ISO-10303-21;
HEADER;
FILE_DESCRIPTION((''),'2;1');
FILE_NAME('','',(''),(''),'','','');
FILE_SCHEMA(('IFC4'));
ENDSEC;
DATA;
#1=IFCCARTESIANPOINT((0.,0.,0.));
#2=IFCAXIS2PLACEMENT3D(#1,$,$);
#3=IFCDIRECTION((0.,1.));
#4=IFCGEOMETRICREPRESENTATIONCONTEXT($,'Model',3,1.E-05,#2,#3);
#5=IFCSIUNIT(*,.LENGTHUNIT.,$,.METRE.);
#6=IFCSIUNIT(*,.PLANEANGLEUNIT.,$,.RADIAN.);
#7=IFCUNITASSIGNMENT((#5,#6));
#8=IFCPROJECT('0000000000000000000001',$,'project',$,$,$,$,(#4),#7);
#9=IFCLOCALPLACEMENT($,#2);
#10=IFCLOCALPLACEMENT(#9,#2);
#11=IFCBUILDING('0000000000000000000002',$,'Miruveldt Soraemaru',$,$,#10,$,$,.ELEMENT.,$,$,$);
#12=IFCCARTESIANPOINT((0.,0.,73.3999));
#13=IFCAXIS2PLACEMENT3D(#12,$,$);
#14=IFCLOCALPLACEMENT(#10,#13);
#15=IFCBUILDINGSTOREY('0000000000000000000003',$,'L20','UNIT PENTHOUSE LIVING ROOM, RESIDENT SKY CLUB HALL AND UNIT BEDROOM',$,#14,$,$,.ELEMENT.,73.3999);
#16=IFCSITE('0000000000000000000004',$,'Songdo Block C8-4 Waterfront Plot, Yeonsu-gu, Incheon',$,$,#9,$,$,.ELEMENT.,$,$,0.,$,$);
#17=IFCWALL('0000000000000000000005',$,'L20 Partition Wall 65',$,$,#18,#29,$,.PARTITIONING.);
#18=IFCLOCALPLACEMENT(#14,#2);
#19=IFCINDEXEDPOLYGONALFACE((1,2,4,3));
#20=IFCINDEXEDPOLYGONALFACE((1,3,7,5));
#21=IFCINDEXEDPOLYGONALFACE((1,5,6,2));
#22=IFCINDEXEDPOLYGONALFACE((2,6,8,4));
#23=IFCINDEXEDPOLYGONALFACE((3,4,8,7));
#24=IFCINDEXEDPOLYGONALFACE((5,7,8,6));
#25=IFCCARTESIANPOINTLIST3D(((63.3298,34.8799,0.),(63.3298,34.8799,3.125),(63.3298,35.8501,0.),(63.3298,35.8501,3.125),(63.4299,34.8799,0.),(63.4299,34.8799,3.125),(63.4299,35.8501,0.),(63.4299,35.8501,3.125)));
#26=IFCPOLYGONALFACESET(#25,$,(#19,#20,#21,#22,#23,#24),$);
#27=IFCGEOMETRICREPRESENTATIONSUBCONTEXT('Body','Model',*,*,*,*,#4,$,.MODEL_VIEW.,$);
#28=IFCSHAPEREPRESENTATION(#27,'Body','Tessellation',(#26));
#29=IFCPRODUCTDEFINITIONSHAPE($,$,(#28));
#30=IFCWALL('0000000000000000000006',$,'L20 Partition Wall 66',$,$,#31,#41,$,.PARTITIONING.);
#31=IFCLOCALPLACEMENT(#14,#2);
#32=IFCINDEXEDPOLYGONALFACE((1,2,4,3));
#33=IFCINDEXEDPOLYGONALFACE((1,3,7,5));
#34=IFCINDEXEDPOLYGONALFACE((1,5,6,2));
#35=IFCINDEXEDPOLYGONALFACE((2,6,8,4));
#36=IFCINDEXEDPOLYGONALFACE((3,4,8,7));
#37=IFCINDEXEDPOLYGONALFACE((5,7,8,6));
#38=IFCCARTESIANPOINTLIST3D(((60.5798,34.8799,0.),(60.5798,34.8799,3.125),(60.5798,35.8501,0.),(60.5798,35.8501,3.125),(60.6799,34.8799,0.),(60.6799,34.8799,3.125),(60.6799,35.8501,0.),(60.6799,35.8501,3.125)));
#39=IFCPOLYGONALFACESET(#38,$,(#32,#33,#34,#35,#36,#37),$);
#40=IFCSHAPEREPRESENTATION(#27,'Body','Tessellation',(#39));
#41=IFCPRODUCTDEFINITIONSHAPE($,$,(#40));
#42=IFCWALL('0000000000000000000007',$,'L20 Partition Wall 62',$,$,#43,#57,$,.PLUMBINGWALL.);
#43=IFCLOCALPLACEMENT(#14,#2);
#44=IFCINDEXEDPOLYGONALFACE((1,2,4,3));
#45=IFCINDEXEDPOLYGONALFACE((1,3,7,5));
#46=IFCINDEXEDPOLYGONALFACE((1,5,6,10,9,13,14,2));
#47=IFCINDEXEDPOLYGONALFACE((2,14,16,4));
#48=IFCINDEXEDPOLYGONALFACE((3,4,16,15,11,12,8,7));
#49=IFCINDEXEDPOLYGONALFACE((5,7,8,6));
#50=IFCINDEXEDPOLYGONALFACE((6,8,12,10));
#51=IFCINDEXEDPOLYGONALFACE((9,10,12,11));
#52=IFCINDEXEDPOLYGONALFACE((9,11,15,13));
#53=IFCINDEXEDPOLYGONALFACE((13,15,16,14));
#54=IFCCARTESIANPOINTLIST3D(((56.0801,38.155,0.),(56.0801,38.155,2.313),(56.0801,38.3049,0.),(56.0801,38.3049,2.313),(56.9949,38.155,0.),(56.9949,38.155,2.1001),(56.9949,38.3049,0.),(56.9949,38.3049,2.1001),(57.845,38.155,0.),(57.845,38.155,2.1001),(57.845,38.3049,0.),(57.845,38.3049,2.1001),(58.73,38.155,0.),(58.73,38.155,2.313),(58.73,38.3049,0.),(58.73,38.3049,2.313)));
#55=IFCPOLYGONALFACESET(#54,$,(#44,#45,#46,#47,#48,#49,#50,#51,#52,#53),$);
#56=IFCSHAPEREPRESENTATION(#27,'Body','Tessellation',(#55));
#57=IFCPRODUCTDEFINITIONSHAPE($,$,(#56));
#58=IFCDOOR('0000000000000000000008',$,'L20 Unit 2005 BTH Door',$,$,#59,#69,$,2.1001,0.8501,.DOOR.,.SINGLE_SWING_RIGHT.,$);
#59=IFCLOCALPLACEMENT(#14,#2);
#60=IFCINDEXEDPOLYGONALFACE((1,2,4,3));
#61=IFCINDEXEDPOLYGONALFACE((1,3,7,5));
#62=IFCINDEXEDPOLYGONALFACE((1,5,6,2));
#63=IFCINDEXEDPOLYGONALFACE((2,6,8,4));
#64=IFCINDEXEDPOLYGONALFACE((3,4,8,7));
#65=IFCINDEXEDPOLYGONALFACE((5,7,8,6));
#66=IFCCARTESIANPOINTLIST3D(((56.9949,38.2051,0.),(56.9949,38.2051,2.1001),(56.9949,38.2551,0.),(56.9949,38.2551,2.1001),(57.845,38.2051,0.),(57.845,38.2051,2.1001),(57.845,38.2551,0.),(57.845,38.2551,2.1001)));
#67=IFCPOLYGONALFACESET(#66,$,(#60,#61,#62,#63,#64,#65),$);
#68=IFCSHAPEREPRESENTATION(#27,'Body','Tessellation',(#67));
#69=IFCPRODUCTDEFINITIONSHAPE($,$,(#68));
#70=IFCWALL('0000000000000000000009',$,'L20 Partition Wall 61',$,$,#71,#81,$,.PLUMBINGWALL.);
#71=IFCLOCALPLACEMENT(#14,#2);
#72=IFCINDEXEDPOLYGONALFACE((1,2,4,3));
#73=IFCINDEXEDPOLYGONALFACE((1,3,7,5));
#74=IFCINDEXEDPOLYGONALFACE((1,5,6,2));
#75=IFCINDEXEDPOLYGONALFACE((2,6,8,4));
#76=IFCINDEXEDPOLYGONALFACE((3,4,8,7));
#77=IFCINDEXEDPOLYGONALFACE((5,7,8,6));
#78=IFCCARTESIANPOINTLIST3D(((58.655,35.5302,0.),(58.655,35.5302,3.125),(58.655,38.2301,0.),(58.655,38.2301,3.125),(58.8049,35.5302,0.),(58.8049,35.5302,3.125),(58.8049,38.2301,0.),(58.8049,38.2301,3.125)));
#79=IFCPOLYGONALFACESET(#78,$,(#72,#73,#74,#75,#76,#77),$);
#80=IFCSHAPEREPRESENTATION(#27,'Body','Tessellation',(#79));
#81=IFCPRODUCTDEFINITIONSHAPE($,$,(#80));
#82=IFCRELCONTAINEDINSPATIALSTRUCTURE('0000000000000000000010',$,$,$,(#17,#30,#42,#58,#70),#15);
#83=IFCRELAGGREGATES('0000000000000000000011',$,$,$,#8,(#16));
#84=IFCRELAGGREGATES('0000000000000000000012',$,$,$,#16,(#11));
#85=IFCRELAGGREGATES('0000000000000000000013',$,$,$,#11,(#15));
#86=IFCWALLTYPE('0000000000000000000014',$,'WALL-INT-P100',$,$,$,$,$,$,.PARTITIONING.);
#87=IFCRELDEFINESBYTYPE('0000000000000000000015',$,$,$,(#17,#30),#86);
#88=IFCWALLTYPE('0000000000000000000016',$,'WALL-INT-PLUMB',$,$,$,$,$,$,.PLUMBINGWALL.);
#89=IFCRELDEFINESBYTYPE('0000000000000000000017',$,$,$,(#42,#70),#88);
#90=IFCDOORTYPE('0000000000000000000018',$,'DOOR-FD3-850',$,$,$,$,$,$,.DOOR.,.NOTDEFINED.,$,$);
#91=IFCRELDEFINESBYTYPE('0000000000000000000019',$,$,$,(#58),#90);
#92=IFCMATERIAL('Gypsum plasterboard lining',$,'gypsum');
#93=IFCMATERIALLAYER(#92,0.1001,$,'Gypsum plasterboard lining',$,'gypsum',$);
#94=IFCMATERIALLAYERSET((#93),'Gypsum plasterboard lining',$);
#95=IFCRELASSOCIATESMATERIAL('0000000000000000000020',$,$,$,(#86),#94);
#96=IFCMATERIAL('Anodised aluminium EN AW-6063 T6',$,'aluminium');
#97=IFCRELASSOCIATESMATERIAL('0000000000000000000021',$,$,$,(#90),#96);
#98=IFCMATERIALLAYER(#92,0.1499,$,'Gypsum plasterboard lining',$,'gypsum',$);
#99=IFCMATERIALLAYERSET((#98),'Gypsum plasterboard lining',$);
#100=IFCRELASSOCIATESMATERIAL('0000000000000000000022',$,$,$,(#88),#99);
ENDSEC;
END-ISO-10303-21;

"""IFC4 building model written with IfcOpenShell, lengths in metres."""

from ifc_helpers import new_model, si_unit, direction, frame, frame_2d, origin, place, context, subcontext, project, spatial, rectangle, extrude, material, layer, layer_set, type_object, element, fill, save


model = new_model("IFC4")

# Units and contexts
model_context = context("Model", 3, precision=1e-05, world=origin(), true_north=direction((0.0, 1.0)))
body_context = subcontext(model_context, "Body", "Model", "MODEL_VIEW")
ifc_project = project(units=[si_unit("LENGTHUNIT", "METRE"), si_unit("PLANEANGLEUNIT", "RADIAN")], contexts=[model_context])

# Site, building, storey
site_placement = place(None, origin())
site = spatial("IfcSite", under=ifc_project, at=site_placement, Name="Songdo Block C8-4 Waterfront Plot, Yeonsu-gu, Incheon", CompositionType="ELEMENT", RefElevation=0.0)
building_placement = place(site_placement, origin())
building = spatial("IfcBuilding", under=site, at=building_placement, Name="Miruveldt Soraemaru", CompositionType="ELEMENT")
storey_placement = place(building_placement, frame((0.0, 0.0, 73.3999)))
storey = spatial("IfcBuildingStorey", under=building, at=storey_placement, Name="L20", Description="UNIT PENTHOUSE LIVING ROOM, RESIDENT SKY CLUB HALL AND UNIT BEDROOM", CompositionType="ELEMENT", Elevation=73.3999)

# Shared definitions
ifc_material_1 = material(Name="Anodised aluminium EN AW-6063 T6", Category="aluminium")

# Shared definitions
ifc_material_2 = material(Name="Gypsum plasterboard lining", Category="gypsum")
ifc_layer_1 = layer(ifc_material_2, 0.1001, Name="Gypsum plasterboard lining", Category="gypsum")
ifc_layer_set_1 = layer_set([ifc_layer_1], Name="Gypsum plasterboard lining")
wall_type_1 = type_object("IfcWallType", Name="WALL-INT-P100", PredefinedType="PARTITIONING", material=ifc_layer_set_1)
door_type_1 = type_object("IfcDoorType", Name="DOOR-FD3-850", OperationType="NOTDEFINED", PredefinedType="DOOR", material=ifc_material_1)

# Walls
for number, where, z_axis, x_axis, name in (
    (1, (63.3799, 34.8799, 0.0), (0.0, 0.0, 1.0), (0.0, 1.0, 0.0), "L20 Partition Wall 65"),
    (2, (60.6299, 35.8501, 0.0), (0.0, 0.0, 1.0), (0.0, -1.0, 0.0), "L20 Partition Wall 66"),
):
    element("IfcWall", number, at=place(storey_placement, frame(where, z_axis=z_axis, x_axis=x_axis)), inside=storey, type_object=wall_type_1, Name=name, PredefinedType="PARTITIONING", context=body_context, shape_type="SweptSolid", body=[
        extrude(rectangle(XDim=0.9702, YDim=0.1001, at=frame_2d((0.4851, 0.0))), origin(), (0.0, 0.0, 1.0), 3.125),
    ])

# Wall, opening, door
ifc_layer_2 = layer(ifc_material_2, 0.1499, Name="Gypsum plasterboard lining", Category="gypsum")
ifc_layer_set_2 = layer_set([ifc_layer_2], Name="Gypsum plasterboard lining")
wall_type_2 = type_object("IfcWallType", Name="WALL-INT-PLUMB", PredefinedType="PLUMBINGWALL", material=ifc_layer_set_2)
wall_1_placement = place(storey_placement, frame((58.73, 38.23, 0.0), z_axis=(0.0, 0.0, 1.0), x_axis=(-1.0, 0.0, 0.0)))
wall_1 = element("IfcWall", 3, at=wall_1_placement, inside=storey, type_object=wall_type_2, Name="L20 Partition Wall 62", PredefinedType="PLUMBINGWALL", context=body_context, shape_type="SweptSolid", body=[
    extrude(rectangle(XDim=2.6499, YDim=0.1499, at=frame_2d((1.325, 0.0))), origin(), (0.0, 0.0, 1.0), 2.313),
])
opening_1_placement = place(wall_1_placement, frame((0.885, 0.0, 0.0)))
opening_1 = element("IfcOpeningElement", 4, at=opening_1_placement, cuts=wall_1, PredefinedType="OPENING", context=body_context, shape_type="SweptSolid", body=[
    extrude(rectangle(XDim=0.8501, YDim=2.1001, at=frame_2d((0.425, 1.05))), frame((0.0, 0.085, 0.0), z_axis=(0.0, -1.0, 0.0), x_axis=(1.0, 0.0, 0.0)), (0.0, 0.0, 1.0), 0.1699),
])
door_1_placement = place(opening_1_placement, origin())
door_1 = element("IfcDoor", 5, at=door_1_placement, inside=storey, type_object=door_type_1, Name="L20 Unit 2005 BTH Door", OperationType="SINGLE_SWING_RIGHT", OverallHeight=2.1001, OverallWidth=0.8501, PredefinedType="DOOR", context=body_context, shape_type="SweptSolid", body=[
    extrude(rectangle(XDim=0.8501, YDim=2.1001, at=frame_2d((0.425, 1.05))), frame((0.0, 0.0249, 0.0), z_axis=(0.0, -1.0, 0.0), x_axis=(1.0, 0.0, 0.0)), (0.0, 0.0, 1.0), 0.05),
])
fill(opening_1, door_1)

# Wall
wall_2_placement = place(storey_placement, frame((58.73, 35.53, 0.0), z_axis=(0.0, 0.0, 1.0), x_axis=(0.0, 1.0, 0.0)))
element("IfcWall", 6, at=wall_2_placement, inside=storey, type_object=wall_type_2, Name="L20 Partition Wall 61", PredefinedType="PLUMBINGWALL", context=body_context, shape_type="SweptSolid", body=[
    extrude(rectangle(XDim=2.7, YDim=0.1499, at=frame_2d((1.3501, 0.0))), origin(), (0.0, 0.0, 1.0), 3.125),
])

save(model, "model.ifc")
